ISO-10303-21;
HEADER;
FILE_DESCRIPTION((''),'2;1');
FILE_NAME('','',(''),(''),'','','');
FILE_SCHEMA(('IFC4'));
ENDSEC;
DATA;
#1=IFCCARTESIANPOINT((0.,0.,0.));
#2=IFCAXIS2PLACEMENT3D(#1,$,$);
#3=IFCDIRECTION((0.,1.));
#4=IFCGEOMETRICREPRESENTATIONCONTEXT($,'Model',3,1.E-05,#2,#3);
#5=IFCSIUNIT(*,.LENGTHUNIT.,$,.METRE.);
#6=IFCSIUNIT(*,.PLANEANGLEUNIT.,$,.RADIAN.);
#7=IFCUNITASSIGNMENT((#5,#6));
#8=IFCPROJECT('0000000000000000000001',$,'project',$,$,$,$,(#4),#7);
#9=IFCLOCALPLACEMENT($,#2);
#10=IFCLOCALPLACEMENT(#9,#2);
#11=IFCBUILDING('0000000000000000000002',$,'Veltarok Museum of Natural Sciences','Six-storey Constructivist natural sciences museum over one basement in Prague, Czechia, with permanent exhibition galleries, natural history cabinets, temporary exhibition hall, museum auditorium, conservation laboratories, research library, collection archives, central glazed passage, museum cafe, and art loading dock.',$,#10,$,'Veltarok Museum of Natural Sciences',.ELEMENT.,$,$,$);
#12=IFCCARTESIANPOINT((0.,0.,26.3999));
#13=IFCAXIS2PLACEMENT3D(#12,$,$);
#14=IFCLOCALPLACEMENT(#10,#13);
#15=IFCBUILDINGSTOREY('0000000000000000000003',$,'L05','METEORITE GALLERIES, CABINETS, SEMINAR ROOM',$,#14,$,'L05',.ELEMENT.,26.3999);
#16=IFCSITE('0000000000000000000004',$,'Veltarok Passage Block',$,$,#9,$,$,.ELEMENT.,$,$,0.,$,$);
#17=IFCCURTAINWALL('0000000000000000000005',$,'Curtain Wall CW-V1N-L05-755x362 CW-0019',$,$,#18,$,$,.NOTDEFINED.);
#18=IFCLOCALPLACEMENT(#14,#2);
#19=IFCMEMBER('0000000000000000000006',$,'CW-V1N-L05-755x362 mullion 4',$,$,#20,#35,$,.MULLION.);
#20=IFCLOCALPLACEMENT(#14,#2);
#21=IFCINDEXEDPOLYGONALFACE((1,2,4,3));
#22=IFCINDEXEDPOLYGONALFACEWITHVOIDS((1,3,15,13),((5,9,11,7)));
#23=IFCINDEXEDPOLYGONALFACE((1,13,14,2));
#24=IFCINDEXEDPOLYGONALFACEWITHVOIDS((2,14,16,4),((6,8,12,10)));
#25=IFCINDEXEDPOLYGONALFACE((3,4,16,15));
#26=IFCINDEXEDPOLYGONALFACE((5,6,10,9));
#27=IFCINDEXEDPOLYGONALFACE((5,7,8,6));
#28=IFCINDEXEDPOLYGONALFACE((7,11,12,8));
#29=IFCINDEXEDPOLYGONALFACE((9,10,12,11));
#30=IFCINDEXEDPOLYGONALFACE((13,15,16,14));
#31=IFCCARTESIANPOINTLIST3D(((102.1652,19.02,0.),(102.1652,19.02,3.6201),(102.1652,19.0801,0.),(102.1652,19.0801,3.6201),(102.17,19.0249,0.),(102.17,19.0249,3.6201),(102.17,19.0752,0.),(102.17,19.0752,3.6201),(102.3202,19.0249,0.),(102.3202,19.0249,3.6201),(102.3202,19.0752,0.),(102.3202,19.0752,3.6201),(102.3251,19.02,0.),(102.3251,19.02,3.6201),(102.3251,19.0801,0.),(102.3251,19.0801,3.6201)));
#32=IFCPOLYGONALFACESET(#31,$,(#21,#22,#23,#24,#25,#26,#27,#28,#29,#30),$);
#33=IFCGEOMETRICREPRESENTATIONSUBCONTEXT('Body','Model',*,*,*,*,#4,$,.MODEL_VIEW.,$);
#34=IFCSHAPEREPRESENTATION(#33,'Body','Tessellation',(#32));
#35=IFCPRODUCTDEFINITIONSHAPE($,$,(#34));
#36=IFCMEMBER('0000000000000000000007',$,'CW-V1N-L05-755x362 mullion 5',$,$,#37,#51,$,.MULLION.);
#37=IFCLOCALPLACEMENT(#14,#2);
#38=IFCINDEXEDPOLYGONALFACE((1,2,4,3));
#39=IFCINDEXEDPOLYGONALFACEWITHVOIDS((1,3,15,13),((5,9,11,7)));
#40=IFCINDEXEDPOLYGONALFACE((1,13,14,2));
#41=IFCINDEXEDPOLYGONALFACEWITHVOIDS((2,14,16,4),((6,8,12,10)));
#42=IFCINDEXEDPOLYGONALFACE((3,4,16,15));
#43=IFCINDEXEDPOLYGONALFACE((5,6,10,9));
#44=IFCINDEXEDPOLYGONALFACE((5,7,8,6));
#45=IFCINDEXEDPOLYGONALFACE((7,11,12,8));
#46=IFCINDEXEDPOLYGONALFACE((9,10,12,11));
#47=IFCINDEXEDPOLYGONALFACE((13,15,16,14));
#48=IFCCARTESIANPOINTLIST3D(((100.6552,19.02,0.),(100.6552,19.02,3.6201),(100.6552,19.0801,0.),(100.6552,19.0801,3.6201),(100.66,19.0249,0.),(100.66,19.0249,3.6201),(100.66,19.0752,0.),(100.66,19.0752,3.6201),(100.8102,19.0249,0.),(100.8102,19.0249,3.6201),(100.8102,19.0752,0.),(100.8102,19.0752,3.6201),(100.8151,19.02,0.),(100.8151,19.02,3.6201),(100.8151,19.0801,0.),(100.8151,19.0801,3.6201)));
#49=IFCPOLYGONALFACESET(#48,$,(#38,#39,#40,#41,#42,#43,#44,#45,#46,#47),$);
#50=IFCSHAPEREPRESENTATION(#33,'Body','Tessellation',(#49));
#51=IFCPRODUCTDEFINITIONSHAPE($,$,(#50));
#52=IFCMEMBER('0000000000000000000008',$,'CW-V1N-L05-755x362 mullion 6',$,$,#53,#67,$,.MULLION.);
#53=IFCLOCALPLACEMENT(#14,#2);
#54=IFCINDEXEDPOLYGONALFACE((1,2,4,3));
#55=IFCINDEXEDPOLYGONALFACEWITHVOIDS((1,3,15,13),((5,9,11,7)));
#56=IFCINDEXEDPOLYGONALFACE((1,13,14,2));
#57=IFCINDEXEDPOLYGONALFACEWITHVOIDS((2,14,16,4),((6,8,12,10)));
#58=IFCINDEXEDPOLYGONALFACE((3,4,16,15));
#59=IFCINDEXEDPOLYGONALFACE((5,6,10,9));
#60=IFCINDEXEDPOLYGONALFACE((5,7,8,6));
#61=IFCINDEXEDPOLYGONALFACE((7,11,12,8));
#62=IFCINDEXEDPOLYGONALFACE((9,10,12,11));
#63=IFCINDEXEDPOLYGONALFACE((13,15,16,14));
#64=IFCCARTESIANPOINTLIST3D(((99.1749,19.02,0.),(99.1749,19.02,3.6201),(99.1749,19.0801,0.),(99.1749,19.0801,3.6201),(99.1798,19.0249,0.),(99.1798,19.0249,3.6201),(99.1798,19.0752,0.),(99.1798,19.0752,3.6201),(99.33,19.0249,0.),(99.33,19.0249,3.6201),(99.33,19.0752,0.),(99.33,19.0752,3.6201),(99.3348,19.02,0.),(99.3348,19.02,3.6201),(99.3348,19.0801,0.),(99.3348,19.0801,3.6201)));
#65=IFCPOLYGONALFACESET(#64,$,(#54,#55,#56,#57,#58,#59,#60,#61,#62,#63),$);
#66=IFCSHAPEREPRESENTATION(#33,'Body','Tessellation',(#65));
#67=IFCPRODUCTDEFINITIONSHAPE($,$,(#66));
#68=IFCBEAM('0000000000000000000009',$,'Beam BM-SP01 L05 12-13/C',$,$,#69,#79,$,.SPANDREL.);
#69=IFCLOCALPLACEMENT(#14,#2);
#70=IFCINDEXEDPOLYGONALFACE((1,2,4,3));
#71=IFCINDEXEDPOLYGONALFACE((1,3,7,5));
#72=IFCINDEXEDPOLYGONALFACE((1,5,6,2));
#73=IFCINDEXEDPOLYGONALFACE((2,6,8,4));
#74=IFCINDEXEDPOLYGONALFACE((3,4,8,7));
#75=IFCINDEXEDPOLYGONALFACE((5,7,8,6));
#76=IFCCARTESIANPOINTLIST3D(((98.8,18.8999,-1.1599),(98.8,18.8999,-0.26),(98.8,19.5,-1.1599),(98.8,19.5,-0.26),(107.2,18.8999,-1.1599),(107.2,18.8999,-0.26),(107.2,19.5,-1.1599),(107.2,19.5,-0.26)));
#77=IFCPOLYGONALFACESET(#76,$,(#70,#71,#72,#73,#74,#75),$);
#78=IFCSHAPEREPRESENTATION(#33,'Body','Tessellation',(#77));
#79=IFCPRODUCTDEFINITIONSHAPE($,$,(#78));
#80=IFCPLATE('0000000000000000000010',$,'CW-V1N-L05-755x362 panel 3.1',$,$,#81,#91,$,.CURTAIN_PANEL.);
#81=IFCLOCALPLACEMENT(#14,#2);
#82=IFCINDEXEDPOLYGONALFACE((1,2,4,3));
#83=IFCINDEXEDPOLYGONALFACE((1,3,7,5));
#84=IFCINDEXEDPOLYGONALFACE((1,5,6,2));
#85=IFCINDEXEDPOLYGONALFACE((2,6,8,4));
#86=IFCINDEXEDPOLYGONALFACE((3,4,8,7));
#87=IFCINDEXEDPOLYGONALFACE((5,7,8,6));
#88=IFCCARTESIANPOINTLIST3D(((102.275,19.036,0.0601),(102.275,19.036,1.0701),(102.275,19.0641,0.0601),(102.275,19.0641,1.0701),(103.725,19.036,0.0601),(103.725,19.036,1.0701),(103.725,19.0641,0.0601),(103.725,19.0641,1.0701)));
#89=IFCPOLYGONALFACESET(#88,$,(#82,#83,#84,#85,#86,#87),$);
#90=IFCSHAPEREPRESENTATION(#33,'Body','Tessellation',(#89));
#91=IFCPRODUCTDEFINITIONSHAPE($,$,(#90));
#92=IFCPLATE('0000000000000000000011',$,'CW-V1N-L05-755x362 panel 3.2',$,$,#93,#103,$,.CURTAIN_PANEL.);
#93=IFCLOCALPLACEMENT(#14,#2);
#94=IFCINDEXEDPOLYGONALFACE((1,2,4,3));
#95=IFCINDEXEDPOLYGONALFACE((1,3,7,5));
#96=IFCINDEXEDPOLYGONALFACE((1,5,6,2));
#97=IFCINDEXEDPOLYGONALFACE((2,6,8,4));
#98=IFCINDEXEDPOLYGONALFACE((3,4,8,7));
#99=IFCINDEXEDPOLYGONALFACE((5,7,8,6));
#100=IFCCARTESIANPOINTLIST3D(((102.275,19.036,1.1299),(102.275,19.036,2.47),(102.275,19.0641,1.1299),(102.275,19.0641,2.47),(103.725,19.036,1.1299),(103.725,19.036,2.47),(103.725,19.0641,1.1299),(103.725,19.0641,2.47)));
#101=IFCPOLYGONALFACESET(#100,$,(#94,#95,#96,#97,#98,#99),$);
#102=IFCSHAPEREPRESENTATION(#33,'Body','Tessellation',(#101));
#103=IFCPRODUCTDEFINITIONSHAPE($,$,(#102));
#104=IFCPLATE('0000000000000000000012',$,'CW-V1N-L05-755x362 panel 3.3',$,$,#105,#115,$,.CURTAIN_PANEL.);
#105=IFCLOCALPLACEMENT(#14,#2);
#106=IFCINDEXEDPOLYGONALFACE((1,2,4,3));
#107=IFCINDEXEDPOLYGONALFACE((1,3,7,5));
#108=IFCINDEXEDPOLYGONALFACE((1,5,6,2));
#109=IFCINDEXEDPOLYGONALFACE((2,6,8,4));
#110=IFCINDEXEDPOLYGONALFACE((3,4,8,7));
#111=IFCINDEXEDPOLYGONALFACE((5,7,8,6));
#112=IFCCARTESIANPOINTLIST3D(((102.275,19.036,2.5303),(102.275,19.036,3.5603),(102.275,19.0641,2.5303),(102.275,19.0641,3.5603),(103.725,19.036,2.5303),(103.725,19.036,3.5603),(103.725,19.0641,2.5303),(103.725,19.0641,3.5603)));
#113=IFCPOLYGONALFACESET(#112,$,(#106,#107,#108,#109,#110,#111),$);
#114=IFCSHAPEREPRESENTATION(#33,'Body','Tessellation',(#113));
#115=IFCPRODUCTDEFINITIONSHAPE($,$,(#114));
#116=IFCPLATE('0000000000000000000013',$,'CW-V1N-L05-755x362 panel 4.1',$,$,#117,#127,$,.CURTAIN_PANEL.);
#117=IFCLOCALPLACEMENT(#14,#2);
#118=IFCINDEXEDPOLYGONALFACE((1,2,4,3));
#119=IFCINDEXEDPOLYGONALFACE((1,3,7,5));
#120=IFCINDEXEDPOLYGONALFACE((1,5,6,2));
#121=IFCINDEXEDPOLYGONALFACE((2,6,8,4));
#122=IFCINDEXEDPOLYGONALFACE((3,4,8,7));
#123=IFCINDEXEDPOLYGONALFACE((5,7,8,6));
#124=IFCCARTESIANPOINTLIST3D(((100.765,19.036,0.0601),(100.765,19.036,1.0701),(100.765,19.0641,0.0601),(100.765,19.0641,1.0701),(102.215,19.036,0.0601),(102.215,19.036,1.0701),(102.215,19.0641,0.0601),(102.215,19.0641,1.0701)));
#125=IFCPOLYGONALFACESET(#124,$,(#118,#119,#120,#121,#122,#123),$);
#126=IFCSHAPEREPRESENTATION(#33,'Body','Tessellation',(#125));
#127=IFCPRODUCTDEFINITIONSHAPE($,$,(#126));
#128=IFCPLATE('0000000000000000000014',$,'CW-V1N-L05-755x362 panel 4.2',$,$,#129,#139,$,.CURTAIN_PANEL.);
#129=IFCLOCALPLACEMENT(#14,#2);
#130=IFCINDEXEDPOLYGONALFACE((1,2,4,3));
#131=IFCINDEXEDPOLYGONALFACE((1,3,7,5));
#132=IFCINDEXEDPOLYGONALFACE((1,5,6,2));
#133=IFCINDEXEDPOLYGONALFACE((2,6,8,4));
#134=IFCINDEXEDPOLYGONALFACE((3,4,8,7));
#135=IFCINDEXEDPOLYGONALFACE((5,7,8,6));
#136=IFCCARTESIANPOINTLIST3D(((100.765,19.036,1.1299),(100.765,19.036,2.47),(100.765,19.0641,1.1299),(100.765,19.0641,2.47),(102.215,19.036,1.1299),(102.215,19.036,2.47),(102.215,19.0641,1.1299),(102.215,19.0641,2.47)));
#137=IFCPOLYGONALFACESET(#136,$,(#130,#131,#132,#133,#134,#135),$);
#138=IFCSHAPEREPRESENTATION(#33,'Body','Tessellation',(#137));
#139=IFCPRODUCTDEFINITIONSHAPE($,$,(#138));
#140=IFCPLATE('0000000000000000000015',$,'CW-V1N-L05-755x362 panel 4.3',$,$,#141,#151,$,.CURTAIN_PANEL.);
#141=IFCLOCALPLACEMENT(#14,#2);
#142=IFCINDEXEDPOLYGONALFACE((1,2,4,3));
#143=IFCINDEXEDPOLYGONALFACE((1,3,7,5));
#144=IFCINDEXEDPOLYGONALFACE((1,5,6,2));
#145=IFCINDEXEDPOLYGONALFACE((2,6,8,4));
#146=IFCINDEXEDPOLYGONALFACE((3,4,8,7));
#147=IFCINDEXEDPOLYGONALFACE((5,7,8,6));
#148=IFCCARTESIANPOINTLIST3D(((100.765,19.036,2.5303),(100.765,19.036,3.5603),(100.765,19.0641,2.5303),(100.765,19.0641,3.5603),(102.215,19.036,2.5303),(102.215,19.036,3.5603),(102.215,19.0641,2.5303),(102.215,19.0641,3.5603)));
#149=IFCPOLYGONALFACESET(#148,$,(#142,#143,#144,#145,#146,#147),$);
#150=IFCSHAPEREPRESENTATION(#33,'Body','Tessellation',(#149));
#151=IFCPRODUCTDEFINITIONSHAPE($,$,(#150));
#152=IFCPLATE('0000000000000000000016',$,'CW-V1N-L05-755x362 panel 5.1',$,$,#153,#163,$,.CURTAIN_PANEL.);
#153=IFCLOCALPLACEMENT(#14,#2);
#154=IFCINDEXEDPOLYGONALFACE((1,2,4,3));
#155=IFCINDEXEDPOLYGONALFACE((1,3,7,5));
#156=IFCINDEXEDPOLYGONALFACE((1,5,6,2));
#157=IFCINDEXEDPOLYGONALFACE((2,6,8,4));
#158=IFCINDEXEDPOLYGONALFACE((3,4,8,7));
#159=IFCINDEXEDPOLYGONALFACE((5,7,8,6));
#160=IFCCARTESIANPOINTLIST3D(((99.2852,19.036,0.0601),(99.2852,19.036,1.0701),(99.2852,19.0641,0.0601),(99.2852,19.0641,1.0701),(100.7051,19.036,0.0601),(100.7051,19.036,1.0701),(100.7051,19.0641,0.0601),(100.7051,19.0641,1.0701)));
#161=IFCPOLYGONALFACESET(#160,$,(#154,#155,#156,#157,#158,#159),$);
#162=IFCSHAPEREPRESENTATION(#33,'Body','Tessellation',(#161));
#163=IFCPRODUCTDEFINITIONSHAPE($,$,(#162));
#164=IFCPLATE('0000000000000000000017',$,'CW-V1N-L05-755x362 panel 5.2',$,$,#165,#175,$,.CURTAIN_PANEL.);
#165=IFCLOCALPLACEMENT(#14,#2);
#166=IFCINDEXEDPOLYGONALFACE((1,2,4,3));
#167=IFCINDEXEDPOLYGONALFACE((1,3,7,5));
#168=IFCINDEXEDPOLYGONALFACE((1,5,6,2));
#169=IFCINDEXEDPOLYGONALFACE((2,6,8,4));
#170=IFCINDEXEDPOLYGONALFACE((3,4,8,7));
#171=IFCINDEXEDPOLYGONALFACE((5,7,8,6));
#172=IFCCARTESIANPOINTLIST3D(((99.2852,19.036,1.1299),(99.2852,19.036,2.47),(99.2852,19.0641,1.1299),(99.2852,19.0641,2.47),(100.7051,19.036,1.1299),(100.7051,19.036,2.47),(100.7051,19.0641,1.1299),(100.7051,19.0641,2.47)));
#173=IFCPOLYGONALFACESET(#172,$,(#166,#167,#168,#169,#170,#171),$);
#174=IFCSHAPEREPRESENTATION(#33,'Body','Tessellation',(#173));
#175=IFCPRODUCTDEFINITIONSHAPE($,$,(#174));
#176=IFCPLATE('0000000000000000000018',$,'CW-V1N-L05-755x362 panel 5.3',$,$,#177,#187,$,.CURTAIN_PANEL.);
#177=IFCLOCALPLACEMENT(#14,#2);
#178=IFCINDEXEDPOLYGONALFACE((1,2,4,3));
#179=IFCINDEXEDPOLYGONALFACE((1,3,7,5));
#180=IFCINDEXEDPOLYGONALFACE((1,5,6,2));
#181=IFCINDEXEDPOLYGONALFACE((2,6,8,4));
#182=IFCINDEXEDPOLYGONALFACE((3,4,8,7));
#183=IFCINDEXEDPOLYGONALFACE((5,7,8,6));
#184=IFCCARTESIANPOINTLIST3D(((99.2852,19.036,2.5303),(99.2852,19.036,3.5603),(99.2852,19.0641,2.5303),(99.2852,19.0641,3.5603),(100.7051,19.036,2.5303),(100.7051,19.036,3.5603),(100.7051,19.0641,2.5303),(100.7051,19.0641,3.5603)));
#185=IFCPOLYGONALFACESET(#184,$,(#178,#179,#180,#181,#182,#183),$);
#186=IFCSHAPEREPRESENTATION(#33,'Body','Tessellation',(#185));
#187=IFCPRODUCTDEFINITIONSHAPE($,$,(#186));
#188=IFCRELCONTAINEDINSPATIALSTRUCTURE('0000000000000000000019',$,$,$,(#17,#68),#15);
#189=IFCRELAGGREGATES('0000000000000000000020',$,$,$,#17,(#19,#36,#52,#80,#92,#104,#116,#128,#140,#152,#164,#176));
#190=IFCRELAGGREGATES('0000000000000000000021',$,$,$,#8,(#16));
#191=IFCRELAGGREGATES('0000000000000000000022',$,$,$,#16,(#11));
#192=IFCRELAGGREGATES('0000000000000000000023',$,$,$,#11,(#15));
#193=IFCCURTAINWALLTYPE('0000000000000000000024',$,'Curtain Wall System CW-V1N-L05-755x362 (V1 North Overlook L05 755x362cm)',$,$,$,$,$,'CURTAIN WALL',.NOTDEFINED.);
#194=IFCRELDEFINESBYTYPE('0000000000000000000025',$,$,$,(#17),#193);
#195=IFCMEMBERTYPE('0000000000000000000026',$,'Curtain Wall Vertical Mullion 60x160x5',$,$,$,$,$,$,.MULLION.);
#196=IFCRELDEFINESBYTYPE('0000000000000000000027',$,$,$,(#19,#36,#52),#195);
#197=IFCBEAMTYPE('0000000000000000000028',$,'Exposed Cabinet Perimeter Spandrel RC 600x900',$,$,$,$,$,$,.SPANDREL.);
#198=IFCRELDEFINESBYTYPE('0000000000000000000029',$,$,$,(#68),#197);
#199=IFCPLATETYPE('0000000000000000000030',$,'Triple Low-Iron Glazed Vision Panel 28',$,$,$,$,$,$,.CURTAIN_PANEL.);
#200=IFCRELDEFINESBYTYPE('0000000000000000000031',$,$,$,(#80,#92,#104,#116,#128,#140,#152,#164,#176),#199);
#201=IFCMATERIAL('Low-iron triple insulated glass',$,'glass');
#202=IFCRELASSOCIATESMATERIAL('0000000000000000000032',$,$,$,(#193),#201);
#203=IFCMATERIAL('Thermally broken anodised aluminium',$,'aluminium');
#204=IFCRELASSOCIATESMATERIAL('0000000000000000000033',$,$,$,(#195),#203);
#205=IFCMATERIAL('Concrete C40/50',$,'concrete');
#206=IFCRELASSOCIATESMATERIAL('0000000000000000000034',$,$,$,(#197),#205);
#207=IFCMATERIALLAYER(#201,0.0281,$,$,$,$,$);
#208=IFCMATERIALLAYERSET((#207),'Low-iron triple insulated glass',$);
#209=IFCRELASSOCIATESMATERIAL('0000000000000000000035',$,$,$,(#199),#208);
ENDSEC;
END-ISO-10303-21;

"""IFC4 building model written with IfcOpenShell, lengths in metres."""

from ifc_helpers import new_model, si_unit, direction, frame, origin, origin_2d, place, context, subcontext, project, spatial, rectangle, hollow_rectangle, extrude, material, layer, layer_set, material_profile, profile_set, type_object, element, aggregate, save


model = new_model("IFC4")

# Units and contexts
model_context = context("Model", 3, precision=1e-05, world=origin(), true_north=direction((0.0, 1.0)))
body_context = subcontext(model_context, "Body", "Model", "MODEL_VIEW")
ifc_project = project(units=[si_unit("LENGTHUNIT", "METRE"), si_unit("PLANEANGLEUNIT", "RADIAN")], contexts=[model_context])

# Site, building, storey
site_placement = place(None, origin())
site = spatial("IfcSite", under=ifc_project, at=site_placement, Name="Veltarok Passage Block", CompositionType="ELEMENT", RefElevation=0.0)
building_placement = place(site_placement, origin())
building = spatial("IfcBuilding", under=site, at=building_placement, Name="Veltarok Museum of Natural Sciences", Description="Six-storey Constructivist natural sciences museum over one basement in Prague, Czechia, with permanent exhibition galleries, natural history cabinets, temporary exhibition hall, museum auditorium, conservation laboratories, research library, collection archives, central glazed passage, museum cafe, and art loading dock.", LongName="Veltarok Museum of Natural Sciences", CompositionType="ELEMENT")
storey_placement = place(building_placement, frame((0.0, 0.0, 26.3999)))
storey = spatial("IfcBuildingStorey", under=building, at=storey_placement, Name="L05", Description="METEORITE GALLERIES, CABINETS, SEMINAR ROOM", LongName="L05", CompositionType="ELEMENT", Elevation=26.3999)

# Curtain wall, members
ifc_material_1 = material(Name="Low-iron triple insulated glass", Category="glass")
curtain_wall_type = type_object("IfcCurtainWallType", Name="Curtain Wall System CW-V1N-L05-755x362 (V1 North Overlook L05 755x362cm)", ElementType="CURTAIN WALL", PredefinedType="NOTDEFINED", material=ifc_material_1)
curtain_wall_placement = place(storey_placement, origin())
curtain_wall = element("IfcCurtainWall", 1, at=curtain_wall_placement, inside=storey, type_object=curtain_wall_type, Name="Curtain Wall CW-V1N-L05-755x362 CW-0019", PredefinedType="NOTDEFINED")
ifc_material_2 = material(Name="Thermally broken anodised aluminium", Category="aluminium")
ifc_material_profile_1 = material_profile(ifc_material_2, hollow_rectangle(XDim=0.0601, YDim=0.1599, WallThickness=0.0049, at=origin_2d()), Name="CW MULLION 60x160x5")
ifc_profile_set_1 = profile_set([ifc_material_profile_1], Name="Thermally broken anodised aluminium")
member_type_1 = type_object("IfcMemberType", Name="Curtain Wall Vertical Mullion 60x160x5", PredefinedType="MULLION", material=ifc_profile_set_1)
member_1_placement = place(storey_placement, frame((102.2451, 19.05, 0.0), z_axis=(0.0, 0.0, 1.0), x_axis=(0.0, -1.0, 0.0)))
member_1 = element("IfcMember", 2, at=member_1_placement, type_object=member_type_1, Name="CW-V1N-L05-755x362 mullion 4", PredefinedType="MULLION", context=body_context, shape_type="SweptSolid", body=[
    extrude(hollow_rectangle(XDim=0.0601, YDim=0.1599, WallThickness=0.0049, at=origin_2d()), origin(), (0.0, 0.0, 1.0), 3.6201),
])
member_2_placement = place(storey_placement, frame((100.7351, 19.05, 0.0), z_axis=(0.0, 0.0, 1.0), x_axis=(0.0, -1.0, 0.0)))
member_2 = element("IfcMember", 3, at=member_2_placement, type_object=member_type_1, Name="CW-V1N-L05-755x362 mullion 5", PredefinedType="MULLION", context=body_context, shape_type="SweptSolid", body=[
    extrude(hollow_rectangle(XDim=0.0601, YDim=0.1599, WallThickness=0.0049, at=origin_2d()), origin(), (0.0, 0.0, 1.0), 3.6201),
])
member_3_placement = place(storey_placement, frame((99.2549, 19.05, 0.0), z_axis=(0.0, 0.0, 1.0), x_axis=(0.0, -1.0, 0.0)))
member_3 = element("IfcMember", 4, at=member_3_placement, type_object=member_type_1, Name="CW-V1N-L05-755x362 mullion 6", PredefinedType="MULLION", context=body_context, shape_type="SweptSolid", body=[
    extrude(hollow_rectangle(XDim=0.0601, YDim=0.1599, WallThickness=0.0049, at=origin_2d()), origin(), (0.0, 0.0, 1.0), 3.6201),
])

# Beam
ifc_material_3 = material(Name="Concrete C40/50", Category="concrete")
ifc_material_profile_2 = material_profile(ifc_material_3, rectangle(XDim=0.6001, YDim=0.8999, at=origin_2d()), Name="RC 600x900")
ifc_profile_set_2 = profile_set([ifc_material_profile_2], Name="Concrete C40/50")
beam_type = type_object("IfcBeamType", Name="Exposed Cabinet Perimeter Spandrel RC 600x900", PredefinedType="SPANDREL", material=ifc_profile_set_2)
beam_placement = place(storey_placement, frame((98.8, 19.2, -0.71), z_axis=(1.0, 0.0, 0.0), x_axis=(0.0, 1.0, 0.0)))
element("IfcBeam", 5, at=beam_placement, inside=storey, type_object=beam_type, Name="Beam BM-SP01 L05 12-13/C", PredefinedType="SPANDREL", context=body_context, shape_type="SweptSolid", body=[
    extrude(rectangle(XDim=0.6001, YDim=0.8999, at=origin_2d()), origin(), (0.0, 0.0, 1.0), 8.3999),
])

# Plates
ifc_layer = layer(ifc_material_1, 0.0281)
ifc_layer_set = layer_set([ifc_layer], Name="Low-iron triple insulated glass")
plate_type = type_object("IfcPlateType", Name="Triple Low-Iron Glazed Vision Panel 28", PredefinedType="CURTAIN_PANEL", material=ifc_layer_set)
plate_1_placement = place(storey_placement, frame((103.0, 19.05, 0.0601), z_axis=(0.0, 0.0, 1.0), x_axis=(-1.0, 0.0, 0.0)))
plate_1 = element("IfcPlate", 6, at=plate_1_placement, type_object=plate_type, Name="CW-V1N-L05-755x362 panel 3.1", PredefinedType="CURTAIN_PANEL", context=body_context, shape_type="SweptSolid", body=[
    extrude(rectangle(XDim=1.45, YDim=0.0281, at=origin_2d()), origin(), (0.0, 0.0, 1.0), 1.01),
])
plate_2_placement = place(storey_placement, frame((103.0, 19.05, 1.1299), z_axis=(0.0, 0.0, 1.0), x_axis=(-1.0, 0.0, 0.0)))
plate_2 = element("IfcPlate", 7, at=plate_2_placement, type_object=plate_type, Name="CW-V1N-L05-755x362 panel 3.2", PredefinedType="CURTAIN_PANEL", context=body_context, shape_type="SweptSolid", body=[
    extrude(rectangle(XDim=1.45, YDim=0.0281, at=origin_2d()), origin(), (0.0, 0.0, 1.0), 1.3401),
])
plate_3_placement = place(storey_placement, frame((103.0, 19.05, 2.5303), z_axis=(0.0, 0.0, 1.0), x_axis=(-1.0, 0.0, 0.0)))
plate_3 = element("IfcPlate", 8, at=plate_3_placement, type_object=plate_type, Name="CW-V1N-L05-755x362 panel 3.3", PredefinedType="CURTAIN_PANEL", context=body_context, shape_type="SweptSolid", body=[
    extrude(rectangle(XDim=1.45, YDim=0.0281, at=origin_2d()), origin(), (0.0, 0.0, 1.0), 1.03),
])
plate_4_placement = place(storey_placement, frame((101.49, 19.05, 0.0601), z_axis=(0.0, 0.0, 1.0), x_axis=(-1.0, 0.0, 0.0)))
plate_4 = element("IfcPlate", 9, at=plate_4_placement, type_object=plate_type, Name="CW-V1N-L05-755x362 panel 4.1", PredefinedType="CURTAIN_PANEL", context=body_context, shape_type="SweptSolid", body=[
    extrude(rectangle(XDim=1.45, YDim=0.0281, at=origin_2d()), origin(), (0.0, 0.0, 1.0), 1.01),
])
plate_5_placement = place(storey_placement, frame((101.49, 19.05, 1.1299), z_axis=(0.0, 0.0, 1.0), x_axis=(-1.0, 0.0, 0.0)))
plate_5 = element("IfcPlate", 10, at=plate_5_placement, type_object=plate_type, Name="CW-V1N-L05-755x362 panel 4.2", PredefinedType="CURTAIN_PANEL", context=body_context, shape_type="SweptSolid", body=[
    extrude(rectangle(XDim=1.45, YDim=0.0281, at=origin_2d()), origin(), (0.0, 0.0, 1.0), 1.3401),
])
plate_6_placement = place(storey_placement, frame((101.49, 19.05, 2.5303), z_axis=(0.0, 0.0, 1.0), x_axis=(-1.0, 0.0, 0.0)))
plate_6 = element("IfcPlate", 11, at=plate_6_placement, type_object=plate_type, Name="CW-V1N-L05-755x362 panel 4.3", PredefinedType="CURTAIN_PANEL", context=body_context, shape_type="SweptSolid", body=[
    extrude(rectangle(XDim=1.45, YDim=0.0281, at=origin_2d()), origin(), (0.0, 0.0, 1.0), 1.03),
])
plate_7_placement = place(storey_placement, frame((99.9951, 19.05, 0.0601), z_axis=(0.0, 0.0, 1.0), x_axis=(-1.0, 0.0, 0.0)))
plate_7 = element("IfcPlate", 12, at=plate_7_placement, type_object=plate_type, Name="CW-V1N-L05-755x362 panel 5.1", PredefinedType="CURTAIN_PANEL", context=body_context, shape_type="SweptSolid", body=[
    extrude(rectangle(XDim=1.4199, YDim=0.0281, at=origin_2d()), origin(), (0.0, 0.0, 1.0), 1.01),
])
plate_8_placement = place(storey_placement, frame((99.9951, 19.05, 1.1299), z_axis=(0.0, 0.0, 1.0), x_axis=(-1.0, 0.0, 0.0)))
plate_8 = element("IfcPlate", 13, at=plate_8_placement, type_object=plate_type, Name="CW-V1N-L05-755x362 panel 5.2", PredefinedType="CURTAIN_PANEL", context=body_context, shape_type="SweptSolid", body=[
    extrude(rectangle(XDim=1.4199, YDim=0.0281, at=origin_2d()), origin(), (0.0, 0.0, 1.0), 1.3401),
])
plate_9_placement = place(storey_placement, frame((99.9951, 19.05, 2.5303), z_axis=(0.0, 0.0, 1.0), x_axis=(-1.0, 0.0, 0.0)))
plate_9 = element("IfcPlate", 14, at=plate_9_placement, type_object=plate_type, Name="CW-V1N-L05-755x362 panel 5.3", PredefinedType="CURTAIN_PANEL", context=body_context, shape_type="SweptSolid", body=[
    extrude(rectangle(XDim=1.4199, YDim=0.0281, at=origin_2d()), origin(), (0.0, 0.0, 1.0), 1.03),
])
aggregate(curtain_wall, [member_1, member_2, member_3, plate_1, plate_2, plate_3, plate_4, plate_5, plate_6, plate_7, plate_8, plate_9])

save(model, "model.ifc")
